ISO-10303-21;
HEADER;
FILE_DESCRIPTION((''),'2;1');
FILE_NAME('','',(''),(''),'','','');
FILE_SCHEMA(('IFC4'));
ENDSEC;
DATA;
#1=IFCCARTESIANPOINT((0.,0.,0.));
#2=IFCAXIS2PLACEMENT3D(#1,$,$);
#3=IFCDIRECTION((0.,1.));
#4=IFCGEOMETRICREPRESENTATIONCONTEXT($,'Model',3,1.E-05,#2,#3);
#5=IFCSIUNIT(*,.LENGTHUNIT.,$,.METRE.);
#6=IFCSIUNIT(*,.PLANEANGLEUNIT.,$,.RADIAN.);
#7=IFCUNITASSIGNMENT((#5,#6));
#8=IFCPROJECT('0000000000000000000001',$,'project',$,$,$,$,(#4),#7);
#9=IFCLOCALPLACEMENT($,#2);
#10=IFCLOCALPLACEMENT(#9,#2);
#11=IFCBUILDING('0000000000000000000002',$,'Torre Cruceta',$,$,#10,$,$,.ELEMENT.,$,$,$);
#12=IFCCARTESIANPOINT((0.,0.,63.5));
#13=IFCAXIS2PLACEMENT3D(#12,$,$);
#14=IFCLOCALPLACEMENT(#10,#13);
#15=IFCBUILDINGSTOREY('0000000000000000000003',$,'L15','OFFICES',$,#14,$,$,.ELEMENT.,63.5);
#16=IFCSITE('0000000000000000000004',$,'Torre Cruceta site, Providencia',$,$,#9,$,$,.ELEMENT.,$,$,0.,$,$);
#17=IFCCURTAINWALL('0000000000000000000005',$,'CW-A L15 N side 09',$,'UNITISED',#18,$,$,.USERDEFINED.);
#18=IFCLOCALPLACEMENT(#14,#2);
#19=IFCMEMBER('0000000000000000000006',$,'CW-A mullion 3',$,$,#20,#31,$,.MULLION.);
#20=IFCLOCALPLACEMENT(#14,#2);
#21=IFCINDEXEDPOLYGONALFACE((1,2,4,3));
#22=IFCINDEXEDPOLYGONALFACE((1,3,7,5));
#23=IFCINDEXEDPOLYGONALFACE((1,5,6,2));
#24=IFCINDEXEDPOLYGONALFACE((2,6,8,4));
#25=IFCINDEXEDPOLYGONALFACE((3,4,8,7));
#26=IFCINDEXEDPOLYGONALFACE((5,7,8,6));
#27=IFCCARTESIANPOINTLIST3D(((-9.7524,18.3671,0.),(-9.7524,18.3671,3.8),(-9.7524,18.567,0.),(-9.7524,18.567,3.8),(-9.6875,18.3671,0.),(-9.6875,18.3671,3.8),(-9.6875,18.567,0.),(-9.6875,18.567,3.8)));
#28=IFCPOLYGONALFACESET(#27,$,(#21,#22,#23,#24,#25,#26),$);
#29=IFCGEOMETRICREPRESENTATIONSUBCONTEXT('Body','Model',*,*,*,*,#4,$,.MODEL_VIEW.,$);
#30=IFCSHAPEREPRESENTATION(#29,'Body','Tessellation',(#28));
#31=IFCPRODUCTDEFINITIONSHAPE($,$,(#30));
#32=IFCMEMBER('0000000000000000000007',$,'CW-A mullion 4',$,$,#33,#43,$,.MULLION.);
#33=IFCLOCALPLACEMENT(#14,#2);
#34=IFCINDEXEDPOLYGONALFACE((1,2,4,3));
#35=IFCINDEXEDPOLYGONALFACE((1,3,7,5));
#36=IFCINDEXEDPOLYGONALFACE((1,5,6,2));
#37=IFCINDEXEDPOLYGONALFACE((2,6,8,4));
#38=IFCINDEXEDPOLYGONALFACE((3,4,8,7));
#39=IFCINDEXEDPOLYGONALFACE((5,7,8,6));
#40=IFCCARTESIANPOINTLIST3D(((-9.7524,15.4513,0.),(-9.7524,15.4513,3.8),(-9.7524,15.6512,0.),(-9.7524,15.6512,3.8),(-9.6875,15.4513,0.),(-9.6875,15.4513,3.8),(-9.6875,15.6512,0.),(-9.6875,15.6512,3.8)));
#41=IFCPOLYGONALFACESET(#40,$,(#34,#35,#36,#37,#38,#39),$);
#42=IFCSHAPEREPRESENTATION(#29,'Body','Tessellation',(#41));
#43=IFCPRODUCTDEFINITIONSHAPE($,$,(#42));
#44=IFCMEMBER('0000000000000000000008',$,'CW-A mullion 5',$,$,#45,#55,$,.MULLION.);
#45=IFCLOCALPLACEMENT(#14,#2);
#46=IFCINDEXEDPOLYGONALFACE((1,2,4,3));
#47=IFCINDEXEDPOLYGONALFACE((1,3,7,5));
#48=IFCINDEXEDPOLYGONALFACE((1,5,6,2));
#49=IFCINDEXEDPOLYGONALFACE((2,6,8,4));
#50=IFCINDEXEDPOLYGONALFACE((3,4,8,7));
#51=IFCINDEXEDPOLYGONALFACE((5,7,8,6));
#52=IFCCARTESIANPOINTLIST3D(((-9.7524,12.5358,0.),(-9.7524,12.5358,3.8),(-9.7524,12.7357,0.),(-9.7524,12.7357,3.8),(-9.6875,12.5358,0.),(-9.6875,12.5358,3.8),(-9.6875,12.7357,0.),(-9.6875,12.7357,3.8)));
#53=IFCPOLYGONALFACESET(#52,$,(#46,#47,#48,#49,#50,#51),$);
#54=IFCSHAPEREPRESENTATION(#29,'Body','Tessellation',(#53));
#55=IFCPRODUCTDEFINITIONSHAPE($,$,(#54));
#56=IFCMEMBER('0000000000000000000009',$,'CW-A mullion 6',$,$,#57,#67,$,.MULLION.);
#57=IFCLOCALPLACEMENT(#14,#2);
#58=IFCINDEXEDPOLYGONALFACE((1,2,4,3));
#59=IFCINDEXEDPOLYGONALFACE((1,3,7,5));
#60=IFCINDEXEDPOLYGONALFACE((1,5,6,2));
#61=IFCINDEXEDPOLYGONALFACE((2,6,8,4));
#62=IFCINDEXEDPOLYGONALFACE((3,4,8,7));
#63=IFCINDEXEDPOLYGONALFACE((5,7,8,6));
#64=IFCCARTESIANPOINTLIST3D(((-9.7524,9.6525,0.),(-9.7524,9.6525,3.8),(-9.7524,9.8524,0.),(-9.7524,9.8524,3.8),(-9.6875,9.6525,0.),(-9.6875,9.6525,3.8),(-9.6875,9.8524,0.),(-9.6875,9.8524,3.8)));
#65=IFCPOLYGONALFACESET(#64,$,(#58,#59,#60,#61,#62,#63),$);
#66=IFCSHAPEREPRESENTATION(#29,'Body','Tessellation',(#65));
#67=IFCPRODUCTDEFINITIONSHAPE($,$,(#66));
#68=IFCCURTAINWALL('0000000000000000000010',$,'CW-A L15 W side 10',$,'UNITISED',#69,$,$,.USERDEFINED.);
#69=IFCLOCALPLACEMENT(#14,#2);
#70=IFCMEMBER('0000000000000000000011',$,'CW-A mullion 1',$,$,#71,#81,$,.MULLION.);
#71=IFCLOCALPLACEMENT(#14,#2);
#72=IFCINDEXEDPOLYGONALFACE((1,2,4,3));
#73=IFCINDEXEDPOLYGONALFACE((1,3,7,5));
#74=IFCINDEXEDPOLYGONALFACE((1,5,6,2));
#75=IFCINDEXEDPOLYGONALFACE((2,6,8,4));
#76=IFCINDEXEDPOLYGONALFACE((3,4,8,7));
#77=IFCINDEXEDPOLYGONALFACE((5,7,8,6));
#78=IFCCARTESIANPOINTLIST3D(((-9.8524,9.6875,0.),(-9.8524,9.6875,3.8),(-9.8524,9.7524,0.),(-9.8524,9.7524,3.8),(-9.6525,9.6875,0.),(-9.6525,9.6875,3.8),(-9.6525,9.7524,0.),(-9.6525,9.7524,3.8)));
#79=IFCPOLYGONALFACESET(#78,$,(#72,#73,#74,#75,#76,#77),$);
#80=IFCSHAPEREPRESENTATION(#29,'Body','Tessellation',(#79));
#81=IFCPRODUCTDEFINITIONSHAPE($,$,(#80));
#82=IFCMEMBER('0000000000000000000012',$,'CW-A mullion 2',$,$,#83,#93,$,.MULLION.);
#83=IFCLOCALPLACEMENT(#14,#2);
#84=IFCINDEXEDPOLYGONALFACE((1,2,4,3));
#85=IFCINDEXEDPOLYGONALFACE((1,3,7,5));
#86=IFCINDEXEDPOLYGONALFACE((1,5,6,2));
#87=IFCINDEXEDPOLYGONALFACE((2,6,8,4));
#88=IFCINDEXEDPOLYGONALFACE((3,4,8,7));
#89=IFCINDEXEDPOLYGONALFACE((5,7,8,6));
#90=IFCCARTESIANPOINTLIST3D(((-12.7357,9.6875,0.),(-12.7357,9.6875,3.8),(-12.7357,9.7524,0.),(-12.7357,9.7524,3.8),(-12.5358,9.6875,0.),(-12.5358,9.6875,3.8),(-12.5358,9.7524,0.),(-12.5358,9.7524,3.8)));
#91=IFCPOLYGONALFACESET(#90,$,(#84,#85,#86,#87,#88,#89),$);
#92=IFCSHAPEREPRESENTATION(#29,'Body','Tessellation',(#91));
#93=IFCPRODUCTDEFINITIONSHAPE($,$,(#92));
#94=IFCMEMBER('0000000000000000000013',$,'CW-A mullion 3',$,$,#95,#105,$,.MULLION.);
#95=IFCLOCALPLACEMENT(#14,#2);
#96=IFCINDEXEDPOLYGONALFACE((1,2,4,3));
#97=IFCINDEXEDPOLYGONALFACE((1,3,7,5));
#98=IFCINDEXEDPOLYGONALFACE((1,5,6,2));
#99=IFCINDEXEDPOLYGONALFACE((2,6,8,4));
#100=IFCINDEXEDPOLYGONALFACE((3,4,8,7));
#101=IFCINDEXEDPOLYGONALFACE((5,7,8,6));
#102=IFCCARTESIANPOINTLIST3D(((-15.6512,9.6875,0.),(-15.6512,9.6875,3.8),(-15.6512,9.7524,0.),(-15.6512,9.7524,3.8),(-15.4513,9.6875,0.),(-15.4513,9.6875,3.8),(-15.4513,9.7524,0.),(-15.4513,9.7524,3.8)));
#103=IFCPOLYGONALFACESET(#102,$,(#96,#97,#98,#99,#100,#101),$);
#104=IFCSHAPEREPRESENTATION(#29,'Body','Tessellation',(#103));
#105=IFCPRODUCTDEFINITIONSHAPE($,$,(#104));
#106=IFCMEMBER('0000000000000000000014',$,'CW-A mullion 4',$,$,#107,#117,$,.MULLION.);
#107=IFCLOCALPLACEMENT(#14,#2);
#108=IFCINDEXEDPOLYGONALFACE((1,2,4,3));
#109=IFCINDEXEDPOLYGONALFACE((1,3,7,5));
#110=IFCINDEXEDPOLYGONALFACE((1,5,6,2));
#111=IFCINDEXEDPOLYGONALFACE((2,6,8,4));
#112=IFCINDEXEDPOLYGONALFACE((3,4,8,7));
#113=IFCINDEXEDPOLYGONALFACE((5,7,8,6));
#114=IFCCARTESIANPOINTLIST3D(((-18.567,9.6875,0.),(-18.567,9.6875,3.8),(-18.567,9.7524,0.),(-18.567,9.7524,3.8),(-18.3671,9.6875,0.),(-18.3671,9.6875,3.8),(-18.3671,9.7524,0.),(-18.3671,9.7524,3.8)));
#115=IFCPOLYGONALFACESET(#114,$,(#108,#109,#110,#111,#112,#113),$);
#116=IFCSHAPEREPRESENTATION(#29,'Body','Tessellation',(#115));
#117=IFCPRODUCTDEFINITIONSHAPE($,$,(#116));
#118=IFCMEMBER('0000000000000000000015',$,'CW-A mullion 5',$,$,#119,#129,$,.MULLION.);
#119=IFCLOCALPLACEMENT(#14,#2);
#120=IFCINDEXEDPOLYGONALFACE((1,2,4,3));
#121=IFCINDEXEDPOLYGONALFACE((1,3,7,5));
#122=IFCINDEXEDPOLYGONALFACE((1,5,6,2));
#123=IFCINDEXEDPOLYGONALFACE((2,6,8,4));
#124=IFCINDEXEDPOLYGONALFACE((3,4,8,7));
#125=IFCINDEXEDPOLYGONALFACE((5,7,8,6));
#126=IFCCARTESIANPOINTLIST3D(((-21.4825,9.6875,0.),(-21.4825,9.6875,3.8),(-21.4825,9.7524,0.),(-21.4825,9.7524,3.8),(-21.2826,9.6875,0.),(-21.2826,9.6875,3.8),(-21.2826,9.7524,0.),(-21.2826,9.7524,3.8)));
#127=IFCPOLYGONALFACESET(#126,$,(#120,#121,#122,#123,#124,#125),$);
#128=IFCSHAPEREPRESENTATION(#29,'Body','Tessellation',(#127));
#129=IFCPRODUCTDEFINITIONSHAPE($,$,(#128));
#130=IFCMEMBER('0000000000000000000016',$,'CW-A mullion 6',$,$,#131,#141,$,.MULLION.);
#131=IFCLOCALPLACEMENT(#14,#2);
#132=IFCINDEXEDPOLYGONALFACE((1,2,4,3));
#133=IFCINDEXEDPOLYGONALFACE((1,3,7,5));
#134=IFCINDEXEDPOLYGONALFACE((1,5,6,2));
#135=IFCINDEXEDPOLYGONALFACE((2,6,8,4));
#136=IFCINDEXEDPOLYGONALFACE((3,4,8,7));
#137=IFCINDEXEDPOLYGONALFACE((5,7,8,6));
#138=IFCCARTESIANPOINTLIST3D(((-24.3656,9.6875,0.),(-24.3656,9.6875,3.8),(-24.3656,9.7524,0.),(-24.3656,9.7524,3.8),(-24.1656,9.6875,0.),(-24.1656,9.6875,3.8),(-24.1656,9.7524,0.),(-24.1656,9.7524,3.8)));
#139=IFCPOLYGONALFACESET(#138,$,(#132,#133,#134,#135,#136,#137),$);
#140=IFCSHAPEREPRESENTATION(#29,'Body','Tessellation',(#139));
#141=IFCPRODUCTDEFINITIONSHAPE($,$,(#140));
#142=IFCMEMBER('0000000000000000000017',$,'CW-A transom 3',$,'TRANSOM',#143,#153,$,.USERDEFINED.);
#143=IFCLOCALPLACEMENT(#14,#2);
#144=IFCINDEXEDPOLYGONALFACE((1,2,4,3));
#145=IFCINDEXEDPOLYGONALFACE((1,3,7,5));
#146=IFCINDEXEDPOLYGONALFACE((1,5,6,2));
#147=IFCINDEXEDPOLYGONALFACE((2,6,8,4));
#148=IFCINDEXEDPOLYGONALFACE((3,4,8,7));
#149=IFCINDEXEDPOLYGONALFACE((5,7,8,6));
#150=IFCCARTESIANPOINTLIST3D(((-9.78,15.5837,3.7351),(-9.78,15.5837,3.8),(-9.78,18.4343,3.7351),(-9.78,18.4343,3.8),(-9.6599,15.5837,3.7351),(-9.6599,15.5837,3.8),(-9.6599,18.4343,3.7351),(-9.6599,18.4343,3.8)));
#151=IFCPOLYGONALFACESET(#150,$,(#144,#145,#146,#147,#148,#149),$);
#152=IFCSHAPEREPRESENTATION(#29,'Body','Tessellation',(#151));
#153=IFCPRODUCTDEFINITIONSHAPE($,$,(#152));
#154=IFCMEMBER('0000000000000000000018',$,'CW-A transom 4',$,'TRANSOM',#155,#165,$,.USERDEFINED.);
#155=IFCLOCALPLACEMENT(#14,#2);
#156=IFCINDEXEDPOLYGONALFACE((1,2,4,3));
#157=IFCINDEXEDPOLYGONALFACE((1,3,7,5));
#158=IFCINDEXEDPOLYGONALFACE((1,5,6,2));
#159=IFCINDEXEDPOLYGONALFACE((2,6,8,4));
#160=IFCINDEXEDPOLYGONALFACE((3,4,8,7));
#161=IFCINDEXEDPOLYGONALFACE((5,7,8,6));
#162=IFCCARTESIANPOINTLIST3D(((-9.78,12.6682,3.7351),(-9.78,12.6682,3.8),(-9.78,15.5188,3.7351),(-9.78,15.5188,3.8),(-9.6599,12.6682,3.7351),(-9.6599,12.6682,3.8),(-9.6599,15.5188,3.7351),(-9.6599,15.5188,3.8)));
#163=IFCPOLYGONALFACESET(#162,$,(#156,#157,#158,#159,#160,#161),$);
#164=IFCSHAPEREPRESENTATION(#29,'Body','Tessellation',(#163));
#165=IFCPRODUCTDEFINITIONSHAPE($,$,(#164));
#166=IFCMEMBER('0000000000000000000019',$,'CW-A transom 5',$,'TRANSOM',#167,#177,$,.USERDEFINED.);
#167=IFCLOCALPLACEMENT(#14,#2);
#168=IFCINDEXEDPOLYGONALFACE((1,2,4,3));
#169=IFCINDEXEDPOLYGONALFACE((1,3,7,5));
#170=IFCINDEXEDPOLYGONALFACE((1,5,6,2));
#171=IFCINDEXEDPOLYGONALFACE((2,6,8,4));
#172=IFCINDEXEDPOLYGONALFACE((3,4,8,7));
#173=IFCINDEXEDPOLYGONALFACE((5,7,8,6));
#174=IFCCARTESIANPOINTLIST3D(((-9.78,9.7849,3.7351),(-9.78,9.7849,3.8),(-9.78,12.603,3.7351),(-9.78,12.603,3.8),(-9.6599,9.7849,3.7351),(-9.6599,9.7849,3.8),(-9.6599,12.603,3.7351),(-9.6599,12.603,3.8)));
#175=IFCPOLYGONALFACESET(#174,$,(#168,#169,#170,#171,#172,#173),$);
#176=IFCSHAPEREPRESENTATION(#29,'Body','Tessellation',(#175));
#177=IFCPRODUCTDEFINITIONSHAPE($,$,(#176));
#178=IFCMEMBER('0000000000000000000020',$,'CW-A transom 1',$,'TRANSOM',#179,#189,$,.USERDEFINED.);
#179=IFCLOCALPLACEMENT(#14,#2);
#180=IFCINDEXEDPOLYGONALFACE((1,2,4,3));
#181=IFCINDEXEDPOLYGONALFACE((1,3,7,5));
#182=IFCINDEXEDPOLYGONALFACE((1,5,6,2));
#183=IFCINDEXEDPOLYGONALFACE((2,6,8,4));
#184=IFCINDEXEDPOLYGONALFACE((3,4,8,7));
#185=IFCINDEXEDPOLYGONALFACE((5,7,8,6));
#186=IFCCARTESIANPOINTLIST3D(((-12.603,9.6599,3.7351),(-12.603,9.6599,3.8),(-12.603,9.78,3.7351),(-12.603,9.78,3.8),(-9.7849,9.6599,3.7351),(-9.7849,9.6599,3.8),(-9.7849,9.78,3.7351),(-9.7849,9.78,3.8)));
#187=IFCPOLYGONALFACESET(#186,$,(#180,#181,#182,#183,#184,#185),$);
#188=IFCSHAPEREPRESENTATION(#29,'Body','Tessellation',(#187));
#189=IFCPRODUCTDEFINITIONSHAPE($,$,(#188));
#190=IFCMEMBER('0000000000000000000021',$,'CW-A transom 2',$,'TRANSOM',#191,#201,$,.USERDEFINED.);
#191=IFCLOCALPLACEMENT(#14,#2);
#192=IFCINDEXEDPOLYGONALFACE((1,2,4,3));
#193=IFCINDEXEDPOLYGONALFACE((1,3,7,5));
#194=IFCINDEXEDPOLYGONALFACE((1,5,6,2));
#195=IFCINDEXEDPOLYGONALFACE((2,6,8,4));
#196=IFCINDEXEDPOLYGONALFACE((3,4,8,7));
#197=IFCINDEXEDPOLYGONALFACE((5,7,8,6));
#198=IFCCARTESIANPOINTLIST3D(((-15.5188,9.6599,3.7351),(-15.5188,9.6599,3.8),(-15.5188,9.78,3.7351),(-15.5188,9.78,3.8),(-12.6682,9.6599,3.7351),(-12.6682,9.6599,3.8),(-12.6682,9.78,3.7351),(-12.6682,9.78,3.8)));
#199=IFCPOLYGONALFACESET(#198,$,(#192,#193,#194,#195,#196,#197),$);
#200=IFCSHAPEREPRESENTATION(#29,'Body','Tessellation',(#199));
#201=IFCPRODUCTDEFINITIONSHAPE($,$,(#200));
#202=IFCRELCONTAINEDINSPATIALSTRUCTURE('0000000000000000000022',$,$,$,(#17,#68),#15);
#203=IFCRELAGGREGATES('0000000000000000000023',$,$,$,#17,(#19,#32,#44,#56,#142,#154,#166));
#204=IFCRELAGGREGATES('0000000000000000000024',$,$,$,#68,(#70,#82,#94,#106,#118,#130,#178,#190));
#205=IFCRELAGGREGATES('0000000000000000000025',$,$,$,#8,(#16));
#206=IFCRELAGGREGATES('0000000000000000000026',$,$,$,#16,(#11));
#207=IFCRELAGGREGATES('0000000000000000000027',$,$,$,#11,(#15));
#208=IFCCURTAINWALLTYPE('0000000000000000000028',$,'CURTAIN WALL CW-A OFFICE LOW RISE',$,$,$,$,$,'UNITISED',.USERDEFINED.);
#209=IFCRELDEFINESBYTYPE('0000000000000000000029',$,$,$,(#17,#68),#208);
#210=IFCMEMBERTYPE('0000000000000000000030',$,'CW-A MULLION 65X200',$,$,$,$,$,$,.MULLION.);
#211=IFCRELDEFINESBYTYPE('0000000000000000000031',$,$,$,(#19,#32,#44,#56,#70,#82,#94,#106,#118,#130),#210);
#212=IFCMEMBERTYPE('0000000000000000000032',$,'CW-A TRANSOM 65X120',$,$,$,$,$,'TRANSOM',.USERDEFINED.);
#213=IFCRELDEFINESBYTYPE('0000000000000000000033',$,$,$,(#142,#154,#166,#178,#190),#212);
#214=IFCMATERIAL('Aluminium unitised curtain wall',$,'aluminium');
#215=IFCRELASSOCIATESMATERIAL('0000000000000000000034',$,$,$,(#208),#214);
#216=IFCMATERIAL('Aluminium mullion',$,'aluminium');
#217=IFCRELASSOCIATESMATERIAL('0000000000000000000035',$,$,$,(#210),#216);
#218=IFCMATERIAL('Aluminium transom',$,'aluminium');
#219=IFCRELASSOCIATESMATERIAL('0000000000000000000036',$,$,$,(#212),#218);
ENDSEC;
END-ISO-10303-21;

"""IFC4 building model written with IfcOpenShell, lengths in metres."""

from ifc_helpers import new_model, si_unit, direction, frame, origin, origin_2d, place, context, subcontext, project, spatial, rectangle, extrude, material, material_profile, profile_set, type_object, element, aggregate, save


model = new_model("IFC4")

# Units and contexts
model_context = context("Model", 3, precision=1e-05, world=origin(), true_north=direction((0.0, 1.0)))
body_context = subcontext(model_context, "Body", "Model", "MODEL_VIEW")
ifc_project = project(units=[si_unit("LENGTHUNIT", "METRE"), si_unit("PLANEANGLEUNIT", "RADIAN")], contexts=[model_context])

# Site, building, storey
site_placement = place(None, origin())
site = spatial("IfcSite", under=ifc_project, at=site_placement, Name="Torre Cruceta site, Providencia", CompositionType="ELEMENT", RefElevation=0.0)
building_placement = place(site_placement, origin())
building = spatial("IfcBuilding", under=site, at=building_placement, Name="Torre Cruceta", CompositionType="ELEMENT")
storey_placement = place(building_placement, frame((0.0, 0.0, 63.5)))
storey = spatial("IfcBuildingStorey", under=building, at=storey_placement, Name="L15", Description="OFFICES", CompositionType="ELEMENT", Elevation=63.5)

# Curtain walls, members
ifc_material_1 = material(Name="Aluminium unitised curtain wall", Category="aluminium")
curtain_wall_type = type_object("IfcCurtainWallType", Name="CURTAIN WALL CW-A OFFICE LOW RISE", ElementType="UNITISED", PredefinedType="USERDEFINED", material=ifc_material_1)
curtain_wall_1_placement = place(storey_placement, origin())
curtain_wall_1 = element("IfcCurtainWall", 1, at=curtain_wall_1_placement, inside=storey, type_object=curtain_wall_type, Name="CW-A L15 N side 09", ObjectType="UNITISED", PredefinedType="USERDEFINED")
ifc_material_2 = material(Name="Aluminium mullion", Category="aluminium")
ifc_material_profile_1 = material_profile(ifc_material_2, rectangle(XDim=0.0649, YDim=0.2, at=origin_2d()), Name="AL 65X200")
ifc_profile_set_1 = profile_set([ifc_material_profile_1], Name="Aluminium mullion")
member_type_1 = type_object("IfcMemberType", Name="CW-A MULLION 65X200", PredefinedType="MULLION", material=ifc_profile_set_1)
member_1_placement = place(storey_placement, frame((-9.72, 18.467, 0.0), z_axis=(0.0, 0.0, 1.0), x_axis=(1.0, 0.0, 0.0)))
member_1 = element("IfcMember", 2, at=member_1_placement, type_object=member_type_1, Name="CW-A mullion 3", PredefinedType="MULLION", context=body_context, shape_type="SweptSolid", body=[
    extrude(rectangle(XDim=0.0649, YDim=0.2, at=origin_2d()), origin(), (0.0, 0.0, 1.0), 3.8),
])
member_2_placement = place(storey_placement, frame((-9.72, 15.5513, 0.0), z_axis=(0.0, 0.0, 1.0), x_axis=(1.0, 0.0, 0.0)))
member_2 = element("IfcMember", 3, at=member_2_placement, type_object=member_type_1, Name="CW-A mullion 4", PredefinedType="MULLION", context=body_context, shape_type="SweptSolid", body=[
    extrude(rectangle(XDim=0.0649, YDim=0.2, at=origin_2d()), origin(), (0.0, 0.0, 1.0), 3.8),
])
member_3_placement = place(storey_placement, frame((-9.72, 12.6357, 0.0), z_axis=(0.0, 0.0, 1.0), x_axis=(1.0, 0.0, 0.0)))
member_3 = element("IfcMember", 4, at=member_3_placement, type_object=member_type_1, Name="CW-A mullion 5", PredefinedType="MULLION", context=body_context, shape_type="SweptSolid", body=[
    extrude(rectangle(XDim=0.0649, YDim=0.2, at=origin_2d()), origin(), (0.0, 0.0, 1.0), 3.8),
])
member_4_placement = place(storey_placement, frame((-9.72, 9.7524, 0.0), z_axis=(0.0, 0.0, 1.0), x_axis=(1.0, 0.0, 0.0)))
member_4 = element("IfcMember", 5, at=member_4_placement, type_object=member_type_1, Name="CW-A mullion 6", PredefinedType="MULLION", context=body_context, shape_type="SweptSolid", body=[
    extrude(rectangle(XDim=0.0649, YDim=0.2, at=origin_2d()), origin(), (0.0, 0.0, 1.0), 3.8),
])
curtain_wall_2_placement = place(storey_placement, origin())
curtain_wall_2 = element("IfcCurtainWall", 6, at=curtain_wall_2_placement, inside=storey, type_object=curtain_wall_type, Name="CW-A L15 W side 10", ObjectType="UNITISED", PredefinedType="USERDEFINED")
member_5_placement = place(storey_placement, frame((-9.7524, 9.72, 0.0), z_axis=(0.0, 0.0, 1.0), x_axis=(0.0, -1.0, 0.0)))
member_5 = element("IfcMember", 7, at=member_5_placement, type_object=member_type_1, Name="CW-A mullion 1", PredefinedType="MULLION", context=body_context, shape_type="SweptSolid", body=[
    extrude(rectangle(XDim=0.0649, YDim=0.2, at=origin_2d()), origin(), (0.0, 0.0, 1.0), 3.8),
])
member_6_placement = place(storey_placement, frame((-12.6357, 9.72, 0.0), z_axis=(0.0, 0.0, 1.0), x_axis=(0.0, -1.0, 0.0)))
member_6 = element("IfcMember", 8, at=member_6_placement, type_object=member_type_1, Name="CW-A mullion 2", PredefinedType="MULLION", context=body_context, shape_type="SweptSolid", body=[
    extrude(rectangle(XDim=0.0649, YDim=0.2, at=origin_2d()), origin(), (0.0, 0.0, 1.0), 3.8),
])
member_7_placement = place(storey_placement, frame((-15.5513, 9.72, 0.0), z_axis=(0.0, 0.0, 1.0), x_axis=(0.0, -1.0, 0.0)))
member_7 = element("IfcMember", 9, at=member_7_placement, type_object=member_type_1, Name="CW-A mullion 3", PredefinedType="MULLION", context=body_context, shape_type="SweptSolid", body=[
    extrude(rectangle(XDim=0.0649, YDim=0.2, at=origin_2d()), origin(), (0.0, 0.0, 1.0), 3.8),
])
member_8_placement = place(storey_placement, frame((-18.467, 9.72, 0.0), z_axis=(0.0, 0.0, 1.0), x_axis=(0.0, -1.0, 0.0)))
member_8 = element("IfcMember", 10, at=member_8_placement, type_object=member_type_1, Name="CW-A mullion 4", PredefinedType="MULLION", context=body_context, shape_type="SweptSolid", body=[
    extrude(rectangle(XDim=0.0649, YDim=0.2, at=origin_2d()), origin(), (0.0, 0.0, 1.0), 3.8),
])
member_9_placement = place(storey_placement, frame((-21.3826, 9.72, 0.0), z_axis=(0.0, 0.0, 1.0), x_axis=(0.0, -1.0, 0.0)))
member_9 = element("IfcMember", 11, at=member_9_placement, type_object=member_type_1, Name="CW-A mullion 5", PredefinedType="MULLION", context=body_context, shape_type="SweptSolid", body=[
    extrude(rectangle(XDim=0.0649, YDim=0.2, at=origin_2d()), origin(), (0.0, 0.0, 1.0), 3.8),
])
member_10_placement = place(storey_placement, frame((-24.2656, 9.72, 0.0), z_axis=(0.0, 0.0, 1.0), x_axis=(0.0, -1.0, 0.0)))
member_10 = element("IfcMember", 12, at=member_10_placement, type_object=member_type_1, Name="CW-A mullion 6", PredefinedType="MULLION", context=body_context, shape_type="SweptSolid", body=[
    extrude(rectangle(XDim=0.0649, YDim=0.2, at=origin_2d()), origin(), (0.0, 0.0, 1.0), 3.8),
])

# Members
ifc_material_3 = material(Name="Aluminium transom", Category="aluminium")
ifc_material_profile_2 = material_profile(ifc_material_3, rectangle(XDim=0.1201, YDim=0.0649, at=origin_2d()), Name="AL 120X65")
ifc_profile_set_2 = profile_set([ifc_material_profile_2], Name="Aluminium transom")
member_type_2 = type_object("IfcMemberType", Name="CW-A TRANSOM 65X120", ElementType="TRANSOM", PredefinedType="USERDEFINED", material=ifc_profile_set_2)
member_11_placement = place(storey_placement, frame((-9.72, 18.4343, 3.7676), z_axis=(0.0, -1.0, 0.0), x_axis=(1.0, 0.0, 0.0)))
member_11 = element("IfcMember", 13, at=member_11_placement, type_object=member_type_2, Name="CW-A transom 3", ObjectType="TRANSOM", PredefinedType="USERDEFINED", context=body_context, shape_type="SweptSolid", body=[
    extrude(rectangle(XDim=0.1201, YDim=0.0649, at=origin_2d()), origin(), (0.0, 0.0, 1.0), 2.8506),
])
member_12_placement = place(storey_placement, frame((-9.72, 15.5188, 3.7676), z_axis=(0.0, -1.0, 0.0), x_axis=(1.0, 0.0, 0.0)))
member_12 = element("IfcMember", 14, at=member_12_placement, type_object=member_type_2, Name="CW-A transom 4", ObjectType="TRANSOM", PredefinedType="USERDEFINED", context=body_context, shape_type="SweptSolid", body=[
    extrude(rectangle(XDim=0.1201, YDim=0.0649, at=origin_2d()), origin(), (0.0, 0.0, 1.0), 2.8506),
])
member_13_placement = place(storey_placement, frame((-9.72, 12.603, 3.7676), z_axis=(0.0, -1.0, 0.0), x_axis=(1.0, 0.0, 0.0)))
member_13 = element("IfcMember", 15, at=member_13_placement, type_object=member_type_2, Name="CW-A transom 5", ObjectType="TRANSOM", PredefinedType="USERDEFINED", context=body_context, shape_type="SweptSolid", body=[
    extrude(rectangle(XDim=0.1201, YDim=0.0649, at=origin_2d()), origin(), (0.0, 0.0, 1.0), 2.8181),
])
member_14_placement = place(storey_placement, frame((-9.7849, 9.72, 3.7676), z_axis=(-1.0, 0.0, 0.0), x_axis=(0.0, -1.0, 0.0)))
member_14 = element("IfcMember", 16, at=member_14_placement, type_object=member_type_2, Name="CW-A transom 1", ObjectType="TRANSOM", PredefinedType="USERDEFINED", context=body_context, shape_type="SweptSolid", body=[
    extrude(rectangle(XDim=0.1201, YDim=0.0649, at=origin_2d()), origin(), (0.0, 0.0, 1.0), 2.8181),
])
member_15_placement = place(storey_placement, frame((-12.6682, 9.72, 3.7676), z_axis=(-1.0, 0.0, 0.0), x_axis=(0.0, -1.0, 0.0)))
member_15 = element("IfcMember", 17, at=member_15_placement, type_object=member_type_2, Name="CW-A transom 2", ObjectType="TRANSOM", PredefinedType="USERDEFINED", context=body_context, shape_type="SweptSolid", body=[
    extrude(rectangle(XDim=0.1201, YDim=0.0649, at=origin_2d()), origin(), (0.0, 0.0, 1.0), 2.8506),
])

aggregate(curtain_wall_1, [member_1, member_2, member_3, member_4, member_11, member_12, member_13])
aggregate(curtain_wall_2, [member_5, member_6, member_7, member_8, member_9, member_10, member_14, member_15])

save(model, "model.ifc")
